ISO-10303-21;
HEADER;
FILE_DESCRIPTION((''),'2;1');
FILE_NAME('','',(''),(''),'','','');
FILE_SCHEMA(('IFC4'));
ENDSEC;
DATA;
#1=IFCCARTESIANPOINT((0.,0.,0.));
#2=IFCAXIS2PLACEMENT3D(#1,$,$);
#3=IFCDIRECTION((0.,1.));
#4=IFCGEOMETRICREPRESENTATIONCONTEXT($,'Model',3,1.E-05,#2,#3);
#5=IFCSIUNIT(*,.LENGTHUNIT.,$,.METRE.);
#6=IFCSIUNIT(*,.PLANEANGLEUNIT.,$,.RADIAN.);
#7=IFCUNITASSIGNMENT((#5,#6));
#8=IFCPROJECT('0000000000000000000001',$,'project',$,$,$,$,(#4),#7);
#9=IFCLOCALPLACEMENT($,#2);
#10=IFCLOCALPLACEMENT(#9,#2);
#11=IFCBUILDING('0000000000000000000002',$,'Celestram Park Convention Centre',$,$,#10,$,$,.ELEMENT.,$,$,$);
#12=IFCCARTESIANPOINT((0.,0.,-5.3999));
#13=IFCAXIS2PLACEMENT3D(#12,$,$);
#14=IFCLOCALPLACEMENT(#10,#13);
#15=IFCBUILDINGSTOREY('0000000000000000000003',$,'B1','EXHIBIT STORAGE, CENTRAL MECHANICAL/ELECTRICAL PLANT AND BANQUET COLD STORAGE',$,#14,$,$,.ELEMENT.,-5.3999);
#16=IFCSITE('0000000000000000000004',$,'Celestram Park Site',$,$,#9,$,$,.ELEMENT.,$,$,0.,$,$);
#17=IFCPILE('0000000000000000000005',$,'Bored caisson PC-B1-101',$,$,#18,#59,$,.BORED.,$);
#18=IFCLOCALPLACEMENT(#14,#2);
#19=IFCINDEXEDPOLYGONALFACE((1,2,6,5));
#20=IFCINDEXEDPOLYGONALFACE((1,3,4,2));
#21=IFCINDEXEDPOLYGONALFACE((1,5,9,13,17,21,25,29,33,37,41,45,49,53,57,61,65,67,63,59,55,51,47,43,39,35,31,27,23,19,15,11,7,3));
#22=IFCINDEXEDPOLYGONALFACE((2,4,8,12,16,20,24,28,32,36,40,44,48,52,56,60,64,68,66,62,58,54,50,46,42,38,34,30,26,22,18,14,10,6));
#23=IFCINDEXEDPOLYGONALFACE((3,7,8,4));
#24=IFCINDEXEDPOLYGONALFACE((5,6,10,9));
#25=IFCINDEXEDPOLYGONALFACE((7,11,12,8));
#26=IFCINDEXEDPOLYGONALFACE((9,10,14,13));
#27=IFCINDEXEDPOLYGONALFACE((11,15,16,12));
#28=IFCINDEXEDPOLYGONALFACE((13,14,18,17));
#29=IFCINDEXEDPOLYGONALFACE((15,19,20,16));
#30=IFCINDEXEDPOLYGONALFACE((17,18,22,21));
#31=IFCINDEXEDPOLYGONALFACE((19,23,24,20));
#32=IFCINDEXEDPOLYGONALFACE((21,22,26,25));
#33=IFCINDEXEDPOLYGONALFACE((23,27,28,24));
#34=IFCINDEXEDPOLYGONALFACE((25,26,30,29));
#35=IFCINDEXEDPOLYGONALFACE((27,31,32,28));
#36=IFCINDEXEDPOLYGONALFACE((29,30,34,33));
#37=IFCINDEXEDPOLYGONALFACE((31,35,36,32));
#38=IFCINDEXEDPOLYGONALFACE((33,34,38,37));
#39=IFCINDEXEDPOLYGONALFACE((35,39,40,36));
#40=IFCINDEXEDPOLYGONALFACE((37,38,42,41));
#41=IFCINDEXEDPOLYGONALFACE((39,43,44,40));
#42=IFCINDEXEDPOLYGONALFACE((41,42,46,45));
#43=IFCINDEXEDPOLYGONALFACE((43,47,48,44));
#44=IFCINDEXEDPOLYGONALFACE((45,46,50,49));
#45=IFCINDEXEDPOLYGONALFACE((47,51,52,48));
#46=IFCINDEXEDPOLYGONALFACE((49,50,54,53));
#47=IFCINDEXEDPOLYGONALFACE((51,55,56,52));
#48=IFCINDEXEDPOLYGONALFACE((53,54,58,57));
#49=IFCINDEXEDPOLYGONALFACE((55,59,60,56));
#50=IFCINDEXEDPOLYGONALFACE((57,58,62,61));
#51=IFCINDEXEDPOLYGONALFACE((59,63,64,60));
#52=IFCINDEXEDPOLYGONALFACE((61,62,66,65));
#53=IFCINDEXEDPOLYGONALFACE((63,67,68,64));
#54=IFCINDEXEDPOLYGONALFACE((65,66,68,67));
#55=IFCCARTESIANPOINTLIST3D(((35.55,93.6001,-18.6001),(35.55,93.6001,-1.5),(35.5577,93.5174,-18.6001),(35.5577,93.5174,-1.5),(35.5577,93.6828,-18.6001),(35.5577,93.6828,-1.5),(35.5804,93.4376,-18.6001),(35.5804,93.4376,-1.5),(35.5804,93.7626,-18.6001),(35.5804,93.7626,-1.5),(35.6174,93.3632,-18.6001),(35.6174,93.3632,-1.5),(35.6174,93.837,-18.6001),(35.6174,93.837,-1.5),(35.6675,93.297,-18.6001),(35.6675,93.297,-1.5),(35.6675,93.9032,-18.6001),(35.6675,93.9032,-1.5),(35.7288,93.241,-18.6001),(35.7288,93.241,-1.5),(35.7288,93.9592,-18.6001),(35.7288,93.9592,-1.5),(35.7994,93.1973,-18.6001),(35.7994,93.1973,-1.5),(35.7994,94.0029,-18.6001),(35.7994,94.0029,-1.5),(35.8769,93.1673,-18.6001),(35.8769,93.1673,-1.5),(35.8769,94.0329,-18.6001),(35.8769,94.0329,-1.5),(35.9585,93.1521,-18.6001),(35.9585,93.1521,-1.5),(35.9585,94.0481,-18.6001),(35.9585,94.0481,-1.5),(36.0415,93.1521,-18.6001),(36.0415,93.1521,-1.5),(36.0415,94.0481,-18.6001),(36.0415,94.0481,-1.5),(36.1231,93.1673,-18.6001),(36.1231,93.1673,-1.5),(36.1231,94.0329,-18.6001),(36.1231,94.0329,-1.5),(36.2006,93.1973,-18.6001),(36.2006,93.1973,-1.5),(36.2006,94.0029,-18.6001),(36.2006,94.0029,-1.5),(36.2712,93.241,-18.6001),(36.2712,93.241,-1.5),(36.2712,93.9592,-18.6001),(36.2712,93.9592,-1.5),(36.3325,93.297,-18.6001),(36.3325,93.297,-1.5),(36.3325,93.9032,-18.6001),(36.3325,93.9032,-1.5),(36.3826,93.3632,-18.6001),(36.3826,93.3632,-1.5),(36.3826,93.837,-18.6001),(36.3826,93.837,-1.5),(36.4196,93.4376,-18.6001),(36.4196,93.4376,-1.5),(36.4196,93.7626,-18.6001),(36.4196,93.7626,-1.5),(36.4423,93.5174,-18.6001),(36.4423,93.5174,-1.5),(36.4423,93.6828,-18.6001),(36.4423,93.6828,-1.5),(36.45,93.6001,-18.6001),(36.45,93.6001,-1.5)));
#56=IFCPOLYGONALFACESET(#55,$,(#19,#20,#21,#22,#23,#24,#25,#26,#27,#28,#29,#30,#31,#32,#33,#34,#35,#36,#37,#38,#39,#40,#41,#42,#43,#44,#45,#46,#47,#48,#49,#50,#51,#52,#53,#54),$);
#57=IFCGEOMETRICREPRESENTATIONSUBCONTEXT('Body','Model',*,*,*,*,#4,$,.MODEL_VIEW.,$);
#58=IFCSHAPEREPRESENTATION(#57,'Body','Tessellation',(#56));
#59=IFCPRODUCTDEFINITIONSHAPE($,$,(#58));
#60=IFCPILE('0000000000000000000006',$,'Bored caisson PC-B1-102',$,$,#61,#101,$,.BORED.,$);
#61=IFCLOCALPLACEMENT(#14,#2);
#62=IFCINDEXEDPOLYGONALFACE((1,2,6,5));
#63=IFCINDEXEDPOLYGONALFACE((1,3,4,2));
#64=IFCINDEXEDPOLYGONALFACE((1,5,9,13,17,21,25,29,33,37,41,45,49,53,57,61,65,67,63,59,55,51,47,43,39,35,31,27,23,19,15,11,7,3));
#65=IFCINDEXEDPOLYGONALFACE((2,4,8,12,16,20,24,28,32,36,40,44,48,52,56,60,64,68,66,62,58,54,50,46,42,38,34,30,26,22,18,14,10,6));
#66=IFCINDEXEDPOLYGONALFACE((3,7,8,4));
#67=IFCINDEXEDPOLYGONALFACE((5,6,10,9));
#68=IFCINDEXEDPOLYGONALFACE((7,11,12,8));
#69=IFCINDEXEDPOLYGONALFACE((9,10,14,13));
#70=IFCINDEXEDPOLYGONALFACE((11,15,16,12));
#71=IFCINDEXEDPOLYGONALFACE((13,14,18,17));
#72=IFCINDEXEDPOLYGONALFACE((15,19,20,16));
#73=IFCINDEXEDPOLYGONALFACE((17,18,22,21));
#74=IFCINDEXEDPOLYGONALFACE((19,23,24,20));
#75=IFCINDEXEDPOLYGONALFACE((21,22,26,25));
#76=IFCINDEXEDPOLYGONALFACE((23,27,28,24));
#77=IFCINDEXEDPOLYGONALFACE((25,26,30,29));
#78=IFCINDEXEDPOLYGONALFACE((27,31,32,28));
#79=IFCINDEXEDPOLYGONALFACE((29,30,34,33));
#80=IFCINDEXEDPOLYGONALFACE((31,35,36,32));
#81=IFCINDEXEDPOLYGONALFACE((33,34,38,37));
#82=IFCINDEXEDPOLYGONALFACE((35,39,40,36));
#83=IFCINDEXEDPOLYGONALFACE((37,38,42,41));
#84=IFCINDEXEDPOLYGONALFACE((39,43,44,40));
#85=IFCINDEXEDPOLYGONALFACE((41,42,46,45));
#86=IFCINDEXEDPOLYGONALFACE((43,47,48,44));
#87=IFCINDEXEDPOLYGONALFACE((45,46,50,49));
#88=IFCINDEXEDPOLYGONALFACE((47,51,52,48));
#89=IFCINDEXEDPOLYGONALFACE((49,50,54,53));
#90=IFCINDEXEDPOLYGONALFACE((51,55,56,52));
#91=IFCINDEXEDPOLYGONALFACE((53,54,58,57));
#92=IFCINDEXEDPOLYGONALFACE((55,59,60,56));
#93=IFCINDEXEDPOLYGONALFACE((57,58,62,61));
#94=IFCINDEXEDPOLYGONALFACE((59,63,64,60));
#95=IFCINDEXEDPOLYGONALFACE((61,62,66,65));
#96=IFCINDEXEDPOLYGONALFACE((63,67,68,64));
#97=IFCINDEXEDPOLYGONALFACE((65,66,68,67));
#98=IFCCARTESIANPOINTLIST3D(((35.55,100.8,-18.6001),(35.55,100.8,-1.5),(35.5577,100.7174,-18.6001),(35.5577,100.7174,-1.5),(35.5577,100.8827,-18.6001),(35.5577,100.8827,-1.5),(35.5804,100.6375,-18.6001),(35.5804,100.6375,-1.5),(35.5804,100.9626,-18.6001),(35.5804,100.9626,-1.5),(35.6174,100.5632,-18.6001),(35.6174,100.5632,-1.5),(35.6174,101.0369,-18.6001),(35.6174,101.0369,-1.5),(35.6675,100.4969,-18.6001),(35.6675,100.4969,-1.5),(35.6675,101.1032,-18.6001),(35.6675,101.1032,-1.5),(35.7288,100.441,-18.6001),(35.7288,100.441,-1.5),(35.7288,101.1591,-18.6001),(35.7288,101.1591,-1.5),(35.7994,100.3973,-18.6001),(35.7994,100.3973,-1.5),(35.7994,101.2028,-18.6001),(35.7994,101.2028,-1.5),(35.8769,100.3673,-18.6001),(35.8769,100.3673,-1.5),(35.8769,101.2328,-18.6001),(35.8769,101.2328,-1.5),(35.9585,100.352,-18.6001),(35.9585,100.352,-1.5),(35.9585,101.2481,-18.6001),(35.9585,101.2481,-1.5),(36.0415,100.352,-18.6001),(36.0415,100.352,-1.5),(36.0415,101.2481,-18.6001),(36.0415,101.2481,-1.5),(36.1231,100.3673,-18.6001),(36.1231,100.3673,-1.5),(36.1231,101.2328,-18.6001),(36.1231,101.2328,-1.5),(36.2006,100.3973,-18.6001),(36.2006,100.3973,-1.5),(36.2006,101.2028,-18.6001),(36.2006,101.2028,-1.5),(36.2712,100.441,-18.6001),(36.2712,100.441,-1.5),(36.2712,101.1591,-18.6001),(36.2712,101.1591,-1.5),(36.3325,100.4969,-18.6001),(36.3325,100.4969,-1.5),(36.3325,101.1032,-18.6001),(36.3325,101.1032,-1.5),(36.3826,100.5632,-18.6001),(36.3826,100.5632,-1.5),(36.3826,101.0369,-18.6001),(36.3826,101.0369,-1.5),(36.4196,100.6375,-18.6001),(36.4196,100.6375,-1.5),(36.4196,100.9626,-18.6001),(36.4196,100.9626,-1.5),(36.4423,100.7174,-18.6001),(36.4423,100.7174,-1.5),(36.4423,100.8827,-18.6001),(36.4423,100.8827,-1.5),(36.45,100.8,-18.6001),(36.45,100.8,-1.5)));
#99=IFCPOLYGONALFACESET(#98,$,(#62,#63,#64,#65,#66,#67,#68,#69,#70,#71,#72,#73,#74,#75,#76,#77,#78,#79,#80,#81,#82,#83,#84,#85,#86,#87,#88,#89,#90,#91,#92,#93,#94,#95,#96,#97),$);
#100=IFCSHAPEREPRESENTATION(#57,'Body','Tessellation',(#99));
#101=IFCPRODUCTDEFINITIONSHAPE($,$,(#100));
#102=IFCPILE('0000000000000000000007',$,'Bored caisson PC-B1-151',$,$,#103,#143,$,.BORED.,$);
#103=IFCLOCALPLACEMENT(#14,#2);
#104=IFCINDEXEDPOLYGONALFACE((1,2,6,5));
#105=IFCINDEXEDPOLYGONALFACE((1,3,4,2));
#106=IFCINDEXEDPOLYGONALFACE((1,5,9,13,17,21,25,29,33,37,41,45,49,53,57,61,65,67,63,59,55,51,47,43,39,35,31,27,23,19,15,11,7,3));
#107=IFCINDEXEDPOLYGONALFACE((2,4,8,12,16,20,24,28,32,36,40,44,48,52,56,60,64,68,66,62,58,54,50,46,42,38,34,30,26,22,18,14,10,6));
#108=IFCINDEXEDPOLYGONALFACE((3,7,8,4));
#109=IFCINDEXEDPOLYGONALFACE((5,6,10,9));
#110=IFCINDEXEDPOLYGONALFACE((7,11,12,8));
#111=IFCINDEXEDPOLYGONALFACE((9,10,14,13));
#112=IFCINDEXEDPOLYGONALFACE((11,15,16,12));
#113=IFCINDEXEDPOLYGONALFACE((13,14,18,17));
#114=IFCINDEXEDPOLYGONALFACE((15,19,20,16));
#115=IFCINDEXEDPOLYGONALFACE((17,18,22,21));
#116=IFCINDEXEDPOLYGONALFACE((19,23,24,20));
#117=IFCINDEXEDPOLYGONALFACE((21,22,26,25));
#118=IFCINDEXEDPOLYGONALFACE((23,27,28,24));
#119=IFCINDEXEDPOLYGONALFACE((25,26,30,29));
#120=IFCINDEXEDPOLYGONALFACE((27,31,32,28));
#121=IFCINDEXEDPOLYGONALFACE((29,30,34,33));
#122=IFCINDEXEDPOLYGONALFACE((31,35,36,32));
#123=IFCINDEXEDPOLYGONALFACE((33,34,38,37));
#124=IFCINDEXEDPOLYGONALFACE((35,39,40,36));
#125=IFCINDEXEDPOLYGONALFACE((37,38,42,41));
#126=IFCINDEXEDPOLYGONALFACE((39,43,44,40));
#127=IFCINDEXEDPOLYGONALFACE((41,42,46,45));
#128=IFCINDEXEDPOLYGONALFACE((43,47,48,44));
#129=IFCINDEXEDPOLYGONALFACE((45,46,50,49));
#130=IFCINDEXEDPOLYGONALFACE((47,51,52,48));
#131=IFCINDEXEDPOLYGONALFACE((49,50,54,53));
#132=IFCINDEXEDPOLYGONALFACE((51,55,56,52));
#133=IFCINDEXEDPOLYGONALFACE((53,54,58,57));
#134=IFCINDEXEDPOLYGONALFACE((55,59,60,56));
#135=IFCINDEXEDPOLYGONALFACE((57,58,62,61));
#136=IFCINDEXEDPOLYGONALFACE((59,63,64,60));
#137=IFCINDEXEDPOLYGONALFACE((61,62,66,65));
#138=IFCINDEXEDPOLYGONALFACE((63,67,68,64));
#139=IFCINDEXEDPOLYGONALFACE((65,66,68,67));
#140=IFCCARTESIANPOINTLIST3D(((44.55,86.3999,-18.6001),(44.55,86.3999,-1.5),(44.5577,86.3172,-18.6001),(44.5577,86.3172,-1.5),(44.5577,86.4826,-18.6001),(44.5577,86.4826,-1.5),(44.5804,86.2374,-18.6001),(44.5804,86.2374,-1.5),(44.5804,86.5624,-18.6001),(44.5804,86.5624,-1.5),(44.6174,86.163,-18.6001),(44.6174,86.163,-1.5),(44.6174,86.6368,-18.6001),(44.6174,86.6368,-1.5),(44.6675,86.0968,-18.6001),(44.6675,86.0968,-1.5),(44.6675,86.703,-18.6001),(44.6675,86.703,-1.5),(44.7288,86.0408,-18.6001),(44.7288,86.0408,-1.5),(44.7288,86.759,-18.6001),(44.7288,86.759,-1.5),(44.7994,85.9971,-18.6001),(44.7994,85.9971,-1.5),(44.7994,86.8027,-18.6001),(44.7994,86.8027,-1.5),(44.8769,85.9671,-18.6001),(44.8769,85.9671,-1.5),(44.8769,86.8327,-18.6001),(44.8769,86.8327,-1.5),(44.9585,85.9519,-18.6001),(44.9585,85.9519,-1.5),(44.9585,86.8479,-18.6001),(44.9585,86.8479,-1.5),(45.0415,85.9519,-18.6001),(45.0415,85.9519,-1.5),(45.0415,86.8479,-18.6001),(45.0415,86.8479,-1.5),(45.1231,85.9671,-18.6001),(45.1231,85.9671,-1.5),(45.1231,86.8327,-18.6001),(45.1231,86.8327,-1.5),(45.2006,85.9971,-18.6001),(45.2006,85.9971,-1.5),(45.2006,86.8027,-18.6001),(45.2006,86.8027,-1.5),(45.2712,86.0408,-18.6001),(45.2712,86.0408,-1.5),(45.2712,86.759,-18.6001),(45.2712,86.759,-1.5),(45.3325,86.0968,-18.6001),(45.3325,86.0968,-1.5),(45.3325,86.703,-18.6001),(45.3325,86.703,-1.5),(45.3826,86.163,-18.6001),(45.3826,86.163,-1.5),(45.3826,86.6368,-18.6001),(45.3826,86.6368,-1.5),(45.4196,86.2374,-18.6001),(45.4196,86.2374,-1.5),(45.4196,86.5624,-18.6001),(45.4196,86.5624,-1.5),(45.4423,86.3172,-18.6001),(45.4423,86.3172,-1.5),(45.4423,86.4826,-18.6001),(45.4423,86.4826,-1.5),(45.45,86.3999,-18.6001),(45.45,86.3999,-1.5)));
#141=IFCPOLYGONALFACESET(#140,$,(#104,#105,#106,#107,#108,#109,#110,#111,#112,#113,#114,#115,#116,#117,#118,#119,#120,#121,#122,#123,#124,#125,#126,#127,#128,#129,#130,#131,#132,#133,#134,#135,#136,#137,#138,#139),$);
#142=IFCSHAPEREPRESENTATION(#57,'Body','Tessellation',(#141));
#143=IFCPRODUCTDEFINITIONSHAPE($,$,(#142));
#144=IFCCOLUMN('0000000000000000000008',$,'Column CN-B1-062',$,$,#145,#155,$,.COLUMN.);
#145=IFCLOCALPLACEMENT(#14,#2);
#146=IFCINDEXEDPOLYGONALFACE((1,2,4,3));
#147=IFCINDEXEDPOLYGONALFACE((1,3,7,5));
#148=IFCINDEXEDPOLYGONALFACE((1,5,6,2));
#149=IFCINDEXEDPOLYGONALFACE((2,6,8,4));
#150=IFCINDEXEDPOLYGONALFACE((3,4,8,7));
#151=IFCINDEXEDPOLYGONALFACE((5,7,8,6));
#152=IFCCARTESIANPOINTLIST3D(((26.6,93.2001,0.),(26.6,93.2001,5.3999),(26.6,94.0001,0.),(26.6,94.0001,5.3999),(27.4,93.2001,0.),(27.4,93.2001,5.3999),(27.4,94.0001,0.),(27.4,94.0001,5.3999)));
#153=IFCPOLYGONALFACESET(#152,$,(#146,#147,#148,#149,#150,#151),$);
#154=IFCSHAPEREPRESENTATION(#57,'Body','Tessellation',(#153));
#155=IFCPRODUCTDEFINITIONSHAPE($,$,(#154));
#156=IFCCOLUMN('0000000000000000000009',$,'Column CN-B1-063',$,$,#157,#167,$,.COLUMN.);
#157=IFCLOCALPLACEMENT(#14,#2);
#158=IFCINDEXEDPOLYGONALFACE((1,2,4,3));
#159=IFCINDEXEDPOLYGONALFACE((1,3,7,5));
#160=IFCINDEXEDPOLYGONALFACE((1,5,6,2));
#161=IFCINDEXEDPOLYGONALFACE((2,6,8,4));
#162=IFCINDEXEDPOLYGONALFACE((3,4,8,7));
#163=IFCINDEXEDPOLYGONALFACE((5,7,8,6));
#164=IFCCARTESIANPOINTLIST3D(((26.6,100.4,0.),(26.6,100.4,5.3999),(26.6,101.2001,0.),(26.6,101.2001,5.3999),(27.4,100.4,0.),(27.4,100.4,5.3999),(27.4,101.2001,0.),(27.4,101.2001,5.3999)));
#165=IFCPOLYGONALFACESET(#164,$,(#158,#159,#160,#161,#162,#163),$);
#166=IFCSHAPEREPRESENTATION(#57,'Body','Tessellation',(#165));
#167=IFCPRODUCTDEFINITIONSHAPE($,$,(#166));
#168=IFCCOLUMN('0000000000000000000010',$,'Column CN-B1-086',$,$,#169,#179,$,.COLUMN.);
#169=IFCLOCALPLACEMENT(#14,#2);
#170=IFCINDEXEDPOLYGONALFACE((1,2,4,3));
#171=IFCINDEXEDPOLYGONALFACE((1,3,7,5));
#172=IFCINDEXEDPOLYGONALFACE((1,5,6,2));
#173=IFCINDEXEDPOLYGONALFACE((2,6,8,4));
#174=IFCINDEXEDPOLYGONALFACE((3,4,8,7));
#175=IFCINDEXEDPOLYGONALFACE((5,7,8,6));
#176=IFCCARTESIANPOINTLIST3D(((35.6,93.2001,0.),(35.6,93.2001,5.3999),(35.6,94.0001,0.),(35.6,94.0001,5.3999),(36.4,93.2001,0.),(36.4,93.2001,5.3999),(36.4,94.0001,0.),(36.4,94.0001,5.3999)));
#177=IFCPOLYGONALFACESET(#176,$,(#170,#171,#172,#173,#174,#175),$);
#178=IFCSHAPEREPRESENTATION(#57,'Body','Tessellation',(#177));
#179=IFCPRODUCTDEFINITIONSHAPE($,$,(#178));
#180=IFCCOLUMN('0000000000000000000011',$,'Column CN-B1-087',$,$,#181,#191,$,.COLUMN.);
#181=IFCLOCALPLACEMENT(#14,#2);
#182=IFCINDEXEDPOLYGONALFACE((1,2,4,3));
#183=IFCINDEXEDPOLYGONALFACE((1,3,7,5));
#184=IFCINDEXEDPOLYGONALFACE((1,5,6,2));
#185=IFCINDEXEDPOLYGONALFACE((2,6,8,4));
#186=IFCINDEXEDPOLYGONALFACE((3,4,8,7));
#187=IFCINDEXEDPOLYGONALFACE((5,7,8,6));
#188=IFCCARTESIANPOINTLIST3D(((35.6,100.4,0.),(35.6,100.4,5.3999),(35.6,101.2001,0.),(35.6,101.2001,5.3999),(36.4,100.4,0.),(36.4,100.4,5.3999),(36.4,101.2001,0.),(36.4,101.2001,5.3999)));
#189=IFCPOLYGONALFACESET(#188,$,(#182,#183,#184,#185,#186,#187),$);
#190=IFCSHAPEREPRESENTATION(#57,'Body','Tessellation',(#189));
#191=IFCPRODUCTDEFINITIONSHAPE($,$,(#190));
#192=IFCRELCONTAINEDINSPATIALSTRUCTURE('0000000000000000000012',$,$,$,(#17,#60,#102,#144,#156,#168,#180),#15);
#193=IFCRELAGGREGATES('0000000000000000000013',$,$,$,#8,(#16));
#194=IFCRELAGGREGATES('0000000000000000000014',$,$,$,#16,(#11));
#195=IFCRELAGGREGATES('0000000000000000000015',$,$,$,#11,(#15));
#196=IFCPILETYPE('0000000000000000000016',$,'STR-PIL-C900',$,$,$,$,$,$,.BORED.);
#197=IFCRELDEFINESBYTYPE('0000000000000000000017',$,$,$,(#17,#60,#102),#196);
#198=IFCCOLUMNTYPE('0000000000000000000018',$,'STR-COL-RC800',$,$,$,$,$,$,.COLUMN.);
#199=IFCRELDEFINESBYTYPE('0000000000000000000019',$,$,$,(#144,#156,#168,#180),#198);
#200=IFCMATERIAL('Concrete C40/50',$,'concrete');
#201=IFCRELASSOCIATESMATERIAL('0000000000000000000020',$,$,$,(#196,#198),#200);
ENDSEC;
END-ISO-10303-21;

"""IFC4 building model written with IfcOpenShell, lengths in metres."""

from ifc_helpers import new_model, si_unit, direction, frame, origin, origin_2d, place, context, subcontext, project, spatial, rectangle, circle, extrude, material, material_profile, profile_set, type_object, element, save


model = new_model("IFC4")

# Units and contexts
model_context = context("Model", 3, precision=1e-05, world=origin(), true_north=direction((0.0, 1.0)))
body_context = subcontext(model_context, "Body", "Model", "MODEL_VIEW")
ifc_project = project(units=[si_unit("LENGTHUNIT", "METRE"), si_unit("PLANEANGLEUNIT", "RADIAN")], contexts=[model_context])

# Site, building, storey
site_placement = place(None, origin())
site = spatial("IfcSite", under=ifc_project, at=site_placement, Name="Celestram Park Site", CompositionType="ELEMENT", RefElevation=0.0)
building_placement = place(site_placement, origin())
building = spatial("IfcBuilding", under=site, at=building_placement, Name="Celestram Park Convention Centre", CompositionType="ELEMENT")
storey_placement = place(building_placement, frame((0.0, 0.0, -5.3999)))
storey = spatial("IfcBuildingStorey", under=building, at=storey_placement, Name="B1", Description="EXHIBIT STORAGE, CENTRAL MECHANICAL/ELECTRICAL PLANT AND BANQUET COLD STORAGE", CompositionType="ELEMENT", Elevation=-5.3999)

# Shared definitions
ifc_material_1 = material(Name="Concrete C40/50", Category="concrete")

# Piles
ifc_material_profile_1 = material_profile(ifc_material_1, circle(Radius=0.45, at=origin_2d()), Name="CAISSON900")
ifc_profile_set_1 = profile_set([ifc_material_profile_1], Name="Concrete C40/50")
pile_type_1 = type_object("IfcPileType", Name="STR-PIL-C900", PredefinedType="BORED", material=ifc_profile_set_1)
for number, where, z_axis, x_axis, name in (
    (1, (36.0, 93.6001, -1.5), (0.0, 0.0, -1.0), (1.0, 0.0, 0.0), "Bored caisson PC-B1-101"),
    (2, (36.0, 100.8, -1.5), (0.0, 0.0, -1.0), (1.0, 0.0, 0.0), "Bored caisson PC-B1-102"),
    (3, (45.0, 86.3999, -1.5), (0.0, 0.0, -1.0), (1.0, 0.0, 0.0), "Bored caisson PC-B1-151"),
):
    element("IfcPile", number, at=place(storey_placement, frame(where, z_axis=z_axis, x_axis=x_axis)), inside=storey, type_object=pile_type_1, Name=name, PredefinedType="BORED", context=body_context, shape_type="SweptSolid", body=[
        extrude(circle(Radius=0.45, at=origin_2d()), origin(), (0.0, 0.0, 1.0), 17.1001),
    ])

# Columns
ifc_material_profile_2 = material_profile(ifc_material_1, rectangle(XDim=0.8, YDim=0.8, at=origin_2d()), Name="RC800X800")
ifc_profile_set_2 = profile_set([ifc_material_profile_2], Name="Concrete C40/50")
column_type = type_object("IfcColumnType", Name="STR-COL-RC800", PredefinedType="COLUMN", material=ifc_profile_set_2)
for number, where, z_axis, x_axis, name in (
    (4, (27.0, 93.6001, 0.0), (0.0, 0.0, 1.0), (1.0, 0.0, 0.0), "Column CN-B1-062"),
    (5, (27.0, 100.8, 0.0), (0.0, 0.0, 1.0), (1.0, 0.0, 0.0), "Column CN-B1-063"),
    (6, (36.0, 93.6001, 0.0), (0.0, 0.0, 1.0), (1.0, 0.0, 0.0), "Column CN-B1-086"),
    (7, (36.0, 100.8, 0.0), (0.0, 0.0, 1.0), (1.0, 0.0, 0.0), "Column CN-B1-087"),
):
    element("IfcColumn", number, at=place(storey_placement, frame(where, z_axis=z_axis, x_axis=x_axis)), inside=storey, type_object=column_type, Name=name, PredefinedType="COLUMN", context=body_context, shape_type="SweptSolid", body=[
        extrude(rectangle(XDim=0.8, YDim=0.8, at=origin_2d()), origin(), (0.0, 0.0, 1.0), 5.3999),
    ])

save(model, "model.ifc")
